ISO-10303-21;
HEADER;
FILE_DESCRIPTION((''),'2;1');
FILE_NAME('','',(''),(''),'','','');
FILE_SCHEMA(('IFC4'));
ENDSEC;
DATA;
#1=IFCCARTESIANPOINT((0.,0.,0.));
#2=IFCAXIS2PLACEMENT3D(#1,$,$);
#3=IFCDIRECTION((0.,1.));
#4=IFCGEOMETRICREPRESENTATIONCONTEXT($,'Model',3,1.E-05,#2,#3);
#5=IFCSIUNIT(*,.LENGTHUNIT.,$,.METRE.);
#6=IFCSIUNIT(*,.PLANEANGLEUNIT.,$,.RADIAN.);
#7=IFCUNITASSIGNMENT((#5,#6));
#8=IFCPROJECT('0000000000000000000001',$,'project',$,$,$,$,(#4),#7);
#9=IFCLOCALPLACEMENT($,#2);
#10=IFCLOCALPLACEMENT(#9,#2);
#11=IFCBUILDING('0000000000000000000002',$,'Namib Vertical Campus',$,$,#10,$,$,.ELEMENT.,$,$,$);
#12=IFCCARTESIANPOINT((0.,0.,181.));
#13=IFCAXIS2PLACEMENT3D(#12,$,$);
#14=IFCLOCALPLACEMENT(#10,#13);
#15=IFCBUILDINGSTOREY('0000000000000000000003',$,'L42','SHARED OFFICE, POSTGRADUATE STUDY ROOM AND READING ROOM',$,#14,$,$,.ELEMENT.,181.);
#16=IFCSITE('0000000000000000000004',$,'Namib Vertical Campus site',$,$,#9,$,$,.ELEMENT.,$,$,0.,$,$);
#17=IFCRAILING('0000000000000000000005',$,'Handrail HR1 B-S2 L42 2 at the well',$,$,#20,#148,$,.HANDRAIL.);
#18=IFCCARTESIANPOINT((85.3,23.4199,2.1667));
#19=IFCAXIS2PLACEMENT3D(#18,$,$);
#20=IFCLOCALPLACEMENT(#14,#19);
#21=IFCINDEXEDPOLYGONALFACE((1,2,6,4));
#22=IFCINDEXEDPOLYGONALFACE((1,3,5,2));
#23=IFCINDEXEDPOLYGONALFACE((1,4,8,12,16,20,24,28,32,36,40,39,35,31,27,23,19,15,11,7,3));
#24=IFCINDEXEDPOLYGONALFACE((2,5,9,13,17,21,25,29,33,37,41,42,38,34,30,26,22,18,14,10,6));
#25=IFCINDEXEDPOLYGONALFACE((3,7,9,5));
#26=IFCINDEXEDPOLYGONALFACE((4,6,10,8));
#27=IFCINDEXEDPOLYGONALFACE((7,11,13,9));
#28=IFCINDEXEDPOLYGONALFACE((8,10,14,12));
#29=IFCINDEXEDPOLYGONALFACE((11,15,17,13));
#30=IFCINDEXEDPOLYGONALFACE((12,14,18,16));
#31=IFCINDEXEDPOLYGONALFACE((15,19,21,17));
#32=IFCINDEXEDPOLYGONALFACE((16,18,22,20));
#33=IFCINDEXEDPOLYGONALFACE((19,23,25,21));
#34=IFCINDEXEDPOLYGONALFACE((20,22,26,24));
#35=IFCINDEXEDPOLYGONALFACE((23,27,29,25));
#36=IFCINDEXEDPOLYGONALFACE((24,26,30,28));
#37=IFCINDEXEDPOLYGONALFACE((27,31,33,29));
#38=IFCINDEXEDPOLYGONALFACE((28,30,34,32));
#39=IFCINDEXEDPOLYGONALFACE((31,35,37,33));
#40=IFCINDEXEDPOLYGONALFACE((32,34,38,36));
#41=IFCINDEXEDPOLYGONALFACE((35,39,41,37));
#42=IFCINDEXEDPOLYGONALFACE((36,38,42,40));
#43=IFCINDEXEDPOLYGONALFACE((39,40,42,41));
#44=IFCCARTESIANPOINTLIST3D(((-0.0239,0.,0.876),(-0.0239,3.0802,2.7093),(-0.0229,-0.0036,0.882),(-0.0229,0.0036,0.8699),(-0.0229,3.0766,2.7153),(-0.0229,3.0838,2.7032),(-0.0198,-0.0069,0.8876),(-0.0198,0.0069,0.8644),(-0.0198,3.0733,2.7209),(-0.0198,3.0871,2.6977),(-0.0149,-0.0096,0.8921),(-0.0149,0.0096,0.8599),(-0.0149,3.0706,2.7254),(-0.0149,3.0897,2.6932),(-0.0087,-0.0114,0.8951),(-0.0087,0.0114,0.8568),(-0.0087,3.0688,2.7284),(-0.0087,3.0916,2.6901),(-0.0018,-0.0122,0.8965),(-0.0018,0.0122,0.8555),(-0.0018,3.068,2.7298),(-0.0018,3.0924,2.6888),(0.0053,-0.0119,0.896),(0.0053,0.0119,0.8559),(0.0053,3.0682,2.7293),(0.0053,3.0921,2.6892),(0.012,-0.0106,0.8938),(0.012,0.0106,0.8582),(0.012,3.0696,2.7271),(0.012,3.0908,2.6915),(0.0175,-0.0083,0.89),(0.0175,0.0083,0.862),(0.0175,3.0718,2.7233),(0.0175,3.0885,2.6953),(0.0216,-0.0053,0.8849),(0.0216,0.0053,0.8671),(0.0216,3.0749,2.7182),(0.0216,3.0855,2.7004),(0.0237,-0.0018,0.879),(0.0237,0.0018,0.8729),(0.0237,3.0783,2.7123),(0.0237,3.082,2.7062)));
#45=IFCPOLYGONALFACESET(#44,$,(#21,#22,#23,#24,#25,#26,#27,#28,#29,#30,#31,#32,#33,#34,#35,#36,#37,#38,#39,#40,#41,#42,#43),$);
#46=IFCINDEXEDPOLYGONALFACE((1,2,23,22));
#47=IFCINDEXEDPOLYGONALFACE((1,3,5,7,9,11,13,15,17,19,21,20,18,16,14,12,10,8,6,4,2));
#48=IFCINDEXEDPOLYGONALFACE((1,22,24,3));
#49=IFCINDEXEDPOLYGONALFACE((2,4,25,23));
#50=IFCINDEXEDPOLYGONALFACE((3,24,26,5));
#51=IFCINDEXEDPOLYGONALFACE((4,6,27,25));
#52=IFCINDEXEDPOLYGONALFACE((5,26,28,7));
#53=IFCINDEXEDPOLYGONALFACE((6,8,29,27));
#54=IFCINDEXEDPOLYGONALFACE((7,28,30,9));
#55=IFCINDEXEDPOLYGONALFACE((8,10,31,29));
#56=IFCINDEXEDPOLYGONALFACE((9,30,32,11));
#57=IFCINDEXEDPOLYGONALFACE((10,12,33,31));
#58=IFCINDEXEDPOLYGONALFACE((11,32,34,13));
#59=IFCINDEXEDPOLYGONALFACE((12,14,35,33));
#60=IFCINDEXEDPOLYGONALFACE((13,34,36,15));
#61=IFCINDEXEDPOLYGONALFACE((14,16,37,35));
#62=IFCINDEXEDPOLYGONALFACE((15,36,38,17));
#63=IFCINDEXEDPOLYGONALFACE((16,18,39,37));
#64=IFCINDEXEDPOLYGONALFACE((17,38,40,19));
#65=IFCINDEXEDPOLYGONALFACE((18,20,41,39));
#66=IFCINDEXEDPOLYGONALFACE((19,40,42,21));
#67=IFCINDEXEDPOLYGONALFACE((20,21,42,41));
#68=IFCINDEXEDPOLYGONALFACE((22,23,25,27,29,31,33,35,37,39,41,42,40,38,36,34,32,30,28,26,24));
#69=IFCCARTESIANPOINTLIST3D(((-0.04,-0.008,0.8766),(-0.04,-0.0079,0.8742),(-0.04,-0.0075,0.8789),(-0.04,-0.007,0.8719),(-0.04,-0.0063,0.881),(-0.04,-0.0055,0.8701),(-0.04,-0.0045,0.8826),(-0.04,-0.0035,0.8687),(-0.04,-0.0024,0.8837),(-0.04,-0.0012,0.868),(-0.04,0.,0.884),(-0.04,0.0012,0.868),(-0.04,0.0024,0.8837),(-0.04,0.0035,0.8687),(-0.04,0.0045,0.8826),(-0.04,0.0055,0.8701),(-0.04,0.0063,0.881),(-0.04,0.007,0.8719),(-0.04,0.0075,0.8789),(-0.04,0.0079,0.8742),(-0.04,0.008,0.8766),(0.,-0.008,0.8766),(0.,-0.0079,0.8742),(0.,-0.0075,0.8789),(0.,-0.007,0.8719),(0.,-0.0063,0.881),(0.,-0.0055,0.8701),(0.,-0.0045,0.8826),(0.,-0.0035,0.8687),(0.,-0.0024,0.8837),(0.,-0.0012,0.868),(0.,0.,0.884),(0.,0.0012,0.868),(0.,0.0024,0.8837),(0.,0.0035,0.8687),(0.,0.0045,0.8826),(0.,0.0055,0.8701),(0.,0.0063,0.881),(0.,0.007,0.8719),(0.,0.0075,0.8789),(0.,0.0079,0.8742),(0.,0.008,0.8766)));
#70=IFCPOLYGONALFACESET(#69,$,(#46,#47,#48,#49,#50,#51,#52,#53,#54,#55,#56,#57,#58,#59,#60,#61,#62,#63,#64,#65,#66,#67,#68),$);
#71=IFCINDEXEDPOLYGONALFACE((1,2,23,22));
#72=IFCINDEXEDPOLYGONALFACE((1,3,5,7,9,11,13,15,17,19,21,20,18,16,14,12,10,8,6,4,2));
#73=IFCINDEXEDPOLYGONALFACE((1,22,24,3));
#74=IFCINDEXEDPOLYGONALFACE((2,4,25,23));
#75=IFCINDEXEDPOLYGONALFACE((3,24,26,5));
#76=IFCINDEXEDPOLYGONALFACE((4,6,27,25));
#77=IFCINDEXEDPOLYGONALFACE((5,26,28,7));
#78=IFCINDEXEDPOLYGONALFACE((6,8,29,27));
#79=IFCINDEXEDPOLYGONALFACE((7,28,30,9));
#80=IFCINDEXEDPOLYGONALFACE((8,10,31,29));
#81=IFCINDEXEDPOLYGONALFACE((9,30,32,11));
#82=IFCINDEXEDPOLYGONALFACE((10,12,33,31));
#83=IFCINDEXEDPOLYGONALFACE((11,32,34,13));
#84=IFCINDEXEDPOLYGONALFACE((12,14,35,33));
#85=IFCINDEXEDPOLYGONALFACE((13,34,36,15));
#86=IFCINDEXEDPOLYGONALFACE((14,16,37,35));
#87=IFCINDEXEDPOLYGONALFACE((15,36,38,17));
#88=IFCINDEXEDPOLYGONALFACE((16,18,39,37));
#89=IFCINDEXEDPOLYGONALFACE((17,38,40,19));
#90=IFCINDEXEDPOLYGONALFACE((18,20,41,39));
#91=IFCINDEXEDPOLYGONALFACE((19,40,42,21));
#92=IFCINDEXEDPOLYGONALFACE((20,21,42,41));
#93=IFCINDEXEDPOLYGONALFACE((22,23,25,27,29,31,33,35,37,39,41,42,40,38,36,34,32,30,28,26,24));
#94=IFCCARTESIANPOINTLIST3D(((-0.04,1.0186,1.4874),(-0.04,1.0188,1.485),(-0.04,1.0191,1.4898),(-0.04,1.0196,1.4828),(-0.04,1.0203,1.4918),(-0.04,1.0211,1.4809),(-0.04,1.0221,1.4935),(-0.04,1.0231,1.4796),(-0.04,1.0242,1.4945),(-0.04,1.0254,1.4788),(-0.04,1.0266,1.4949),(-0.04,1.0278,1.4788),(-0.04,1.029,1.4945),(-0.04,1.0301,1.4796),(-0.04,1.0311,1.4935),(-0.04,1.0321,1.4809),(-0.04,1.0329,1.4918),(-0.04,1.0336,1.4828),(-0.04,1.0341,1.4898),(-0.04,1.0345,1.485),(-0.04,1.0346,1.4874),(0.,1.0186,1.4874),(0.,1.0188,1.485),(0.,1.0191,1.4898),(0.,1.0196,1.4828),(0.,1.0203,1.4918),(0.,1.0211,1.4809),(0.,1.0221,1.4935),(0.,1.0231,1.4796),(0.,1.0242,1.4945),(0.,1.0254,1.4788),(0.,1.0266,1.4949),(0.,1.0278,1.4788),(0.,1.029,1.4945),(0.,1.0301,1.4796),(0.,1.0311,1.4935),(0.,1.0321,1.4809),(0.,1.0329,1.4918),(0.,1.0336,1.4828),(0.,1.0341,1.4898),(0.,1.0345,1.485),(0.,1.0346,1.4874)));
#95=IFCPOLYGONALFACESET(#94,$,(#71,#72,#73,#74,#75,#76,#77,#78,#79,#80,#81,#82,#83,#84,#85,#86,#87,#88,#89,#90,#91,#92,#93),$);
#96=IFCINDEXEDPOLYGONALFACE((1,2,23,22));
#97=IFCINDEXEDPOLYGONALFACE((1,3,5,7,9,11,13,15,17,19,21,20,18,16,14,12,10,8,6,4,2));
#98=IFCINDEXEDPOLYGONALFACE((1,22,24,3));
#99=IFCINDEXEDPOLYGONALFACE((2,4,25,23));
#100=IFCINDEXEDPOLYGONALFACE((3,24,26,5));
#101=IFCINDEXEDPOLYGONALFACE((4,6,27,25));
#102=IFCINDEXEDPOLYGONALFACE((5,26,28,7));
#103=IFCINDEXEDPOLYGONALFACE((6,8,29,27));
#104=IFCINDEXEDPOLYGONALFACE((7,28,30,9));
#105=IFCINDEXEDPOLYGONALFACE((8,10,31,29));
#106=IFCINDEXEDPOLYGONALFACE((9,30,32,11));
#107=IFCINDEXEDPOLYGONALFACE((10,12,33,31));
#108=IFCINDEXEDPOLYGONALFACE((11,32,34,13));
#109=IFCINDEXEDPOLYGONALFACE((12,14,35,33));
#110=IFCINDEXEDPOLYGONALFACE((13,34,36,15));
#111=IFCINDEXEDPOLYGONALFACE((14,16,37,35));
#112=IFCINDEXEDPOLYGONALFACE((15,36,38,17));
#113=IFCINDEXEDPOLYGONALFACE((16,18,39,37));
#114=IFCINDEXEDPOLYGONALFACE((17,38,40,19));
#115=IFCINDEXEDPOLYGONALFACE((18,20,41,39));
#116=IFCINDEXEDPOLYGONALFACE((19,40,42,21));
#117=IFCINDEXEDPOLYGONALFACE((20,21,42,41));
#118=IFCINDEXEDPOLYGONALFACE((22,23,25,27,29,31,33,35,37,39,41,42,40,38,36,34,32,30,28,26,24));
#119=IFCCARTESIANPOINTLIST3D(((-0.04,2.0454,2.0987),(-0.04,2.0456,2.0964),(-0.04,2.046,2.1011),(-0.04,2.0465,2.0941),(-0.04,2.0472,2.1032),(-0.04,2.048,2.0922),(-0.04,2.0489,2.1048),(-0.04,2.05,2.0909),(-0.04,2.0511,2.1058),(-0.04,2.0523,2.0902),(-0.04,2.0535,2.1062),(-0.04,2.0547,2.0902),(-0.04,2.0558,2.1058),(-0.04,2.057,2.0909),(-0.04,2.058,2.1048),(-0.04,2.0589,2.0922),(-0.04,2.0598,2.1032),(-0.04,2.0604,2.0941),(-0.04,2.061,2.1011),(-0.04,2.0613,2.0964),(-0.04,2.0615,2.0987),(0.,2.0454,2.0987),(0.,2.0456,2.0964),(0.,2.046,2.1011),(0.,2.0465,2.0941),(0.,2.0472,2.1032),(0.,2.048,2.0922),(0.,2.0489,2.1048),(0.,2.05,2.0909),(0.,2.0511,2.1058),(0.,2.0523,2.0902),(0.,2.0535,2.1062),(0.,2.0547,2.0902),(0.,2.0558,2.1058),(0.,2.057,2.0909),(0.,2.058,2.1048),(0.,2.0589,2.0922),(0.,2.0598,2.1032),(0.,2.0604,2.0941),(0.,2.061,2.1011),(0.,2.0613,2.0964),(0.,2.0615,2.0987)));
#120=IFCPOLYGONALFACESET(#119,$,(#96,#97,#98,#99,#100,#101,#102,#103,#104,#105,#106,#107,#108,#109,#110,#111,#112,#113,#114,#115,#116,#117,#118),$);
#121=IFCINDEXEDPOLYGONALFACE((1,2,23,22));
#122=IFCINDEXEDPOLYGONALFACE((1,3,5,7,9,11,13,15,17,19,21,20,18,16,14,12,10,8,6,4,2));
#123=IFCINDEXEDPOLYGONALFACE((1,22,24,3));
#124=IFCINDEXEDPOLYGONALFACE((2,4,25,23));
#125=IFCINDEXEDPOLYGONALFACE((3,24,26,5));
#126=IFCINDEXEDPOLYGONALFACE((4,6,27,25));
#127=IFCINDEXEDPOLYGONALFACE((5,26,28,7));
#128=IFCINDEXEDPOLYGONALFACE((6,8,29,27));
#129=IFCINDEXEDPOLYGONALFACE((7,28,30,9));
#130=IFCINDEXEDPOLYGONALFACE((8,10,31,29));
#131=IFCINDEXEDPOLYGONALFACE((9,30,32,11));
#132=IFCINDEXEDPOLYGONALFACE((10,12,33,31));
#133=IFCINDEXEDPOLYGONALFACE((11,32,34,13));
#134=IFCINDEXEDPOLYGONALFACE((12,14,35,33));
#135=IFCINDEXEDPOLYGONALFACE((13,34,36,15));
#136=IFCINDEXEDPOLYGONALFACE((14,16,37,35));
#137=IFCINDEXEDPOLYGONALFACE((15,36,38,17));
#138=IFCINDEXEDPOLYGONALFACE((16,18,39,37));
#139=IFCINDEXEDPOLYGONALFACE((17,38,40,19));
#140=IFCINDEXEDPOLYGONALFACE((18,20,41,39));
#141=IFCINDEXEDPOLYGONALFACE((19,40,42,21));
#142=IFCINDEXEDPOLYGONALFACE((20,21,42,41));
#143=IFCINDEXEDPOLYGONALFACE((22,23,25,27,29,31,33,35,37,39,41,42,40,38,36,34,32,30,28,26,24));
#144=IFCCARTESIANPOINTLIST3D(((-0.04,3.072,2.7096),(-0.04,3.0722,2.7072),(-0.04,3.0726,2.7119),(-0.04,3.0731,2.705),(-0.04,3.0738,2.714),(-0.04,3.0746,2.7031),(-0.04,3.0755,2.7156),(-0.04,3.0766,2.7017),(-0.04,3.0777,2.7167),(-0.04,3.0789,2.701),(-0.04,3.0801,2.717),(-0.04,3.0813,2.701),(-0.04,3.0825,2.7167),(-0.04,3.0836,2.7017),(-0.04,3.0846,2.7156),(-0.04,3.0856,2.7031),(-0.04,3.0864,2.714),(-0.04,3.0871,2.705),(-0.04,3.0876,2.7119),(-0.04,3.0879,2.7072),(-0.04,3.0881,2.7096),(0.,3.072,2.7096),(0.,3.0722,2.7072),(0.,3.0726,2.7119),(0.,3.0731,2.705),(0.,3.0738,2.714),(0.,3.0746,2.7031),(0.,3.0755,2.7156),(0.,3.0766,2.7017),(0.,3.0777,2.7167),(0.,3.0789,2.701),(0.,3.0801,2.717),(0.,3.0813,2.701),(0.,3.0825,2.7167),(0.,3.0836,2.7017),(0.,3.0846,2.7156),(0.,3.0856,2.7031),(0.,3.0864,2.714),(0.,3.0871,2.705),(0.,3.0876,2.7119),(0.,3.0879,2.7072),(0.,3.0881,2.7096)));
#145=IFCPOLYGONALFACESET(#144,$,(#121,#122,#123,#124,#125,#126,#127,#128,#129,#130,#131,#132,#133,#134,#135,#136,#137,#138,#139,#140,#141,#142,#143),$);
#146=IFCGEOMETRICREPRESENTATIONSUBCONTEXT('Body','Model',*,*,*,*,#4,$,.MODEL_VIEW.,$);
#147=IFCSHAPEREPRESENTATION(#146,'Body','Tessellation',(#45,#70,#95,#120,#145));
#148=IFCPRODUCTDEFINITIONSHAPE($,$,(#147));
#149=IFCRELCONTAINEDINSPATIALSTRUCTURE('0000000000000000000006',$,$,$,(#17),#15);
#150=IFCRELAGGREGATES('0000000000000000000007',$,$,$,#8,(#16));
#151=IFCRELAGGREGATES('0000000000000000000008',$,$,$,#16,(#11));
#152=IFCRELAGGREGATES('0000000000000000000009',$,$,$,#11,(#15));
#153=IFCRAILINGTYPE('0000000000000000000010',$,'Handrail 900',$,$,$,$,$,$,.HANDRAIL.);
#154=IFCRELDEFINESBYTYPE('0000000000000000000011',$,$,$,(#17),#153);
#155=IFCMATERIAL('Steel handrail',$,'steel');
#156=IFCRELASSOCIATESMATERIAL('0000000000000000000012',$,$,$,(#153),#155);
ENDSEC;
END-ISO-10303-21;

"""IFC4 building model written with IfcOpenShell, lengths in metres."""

from ifc_helpers import new_model, si_unit, direction, frame, origin, origin_2d, place, context, subcontext, project, spatial, circle, extrude, material, type_object, element, save


model = new_model("IFC4")

# Units and contexts
model_context = context("Model", 3, precision=1e-05, world=origin(), true_north=direction((0.0, 1.0)))
body_context = subcontext(model_context, "Body", "Model", "MODEL_VIEW")
ifc_project = project(units=[si_unit("LENGTHUNIT", "METRE"), si_unit("PLANEANGLEUNIT", "RADIAN")], contexts=[model_context])

# Site, building, storey
site_placement = place(None, origin())
site = spatial("IfcSite", under=ifc_project, at=site_placement, Name="Namib Vertical Campus site", CompositionType="ELEMENT", RefElevation=0.0)
building_placement = place(site_placement, origin())
building = spatial("IfcBuilding", under=site, at=building_placement, Name="Namib Vertical Campus", CompositionType="ELEMENT")
storey_placement = place(building_placement, frame((0.0, 0.0, 181.0)))
storey = spatial("IfcBuildingStorey", under=building, at=storey_placement, Name="L42", Description="SHARED OFFICE, POSTGRADUATE STUDY ROOM AND READING ROOM", CompositionType="ELEMENT", Elevation=181.0)

# Railing
ifc_material_1 = material(Name="Steel handrail", Category="steel")
railing_type_1 = type_object("IfcRailingType", Name="Handrail 900", PredefinedType="HANDRAIL", material=ifc_material_1)
railing_1_placement = place(storey_placement, frame((85.3, 23.4199, 2.1667)))
element("IfcRailing", 1, at=railing_1_placement, inside=storey, type_object=railing_type_1, Name="Handrail HR1 B-S2 L42 2 at the well", PredefinedType="HANDRAIL", context=body_context, shape_type="SweptSolid", body=[
    extrude(circle(Radius=0.0239, at=origin_2d()), frame((0.0, 0.0, 0.876), z_axis=(0.0, 0.859309, 0.511458), x_axis=(-1.0, 0.0, 0.0)), (0.0, 0.0, 1.0), 3.5845),
    extrude(circle(Radius=0.0081, at=origin_2d()), frame((0.0, 0.0, 0.876), z_axis=(-1.0, 0.0, 0.0), x_axis=(0.0, 0.0, 1.0)), (0.0, 0.0, 1.0), 0.04),
    extrude(circle(Radius=0.0081, at=origin_2d()), frame((0.0, 1.0266, 1.4868), z_axis=(-1.0, 0.0, 0.0), x_axis=(0.0, 0.0, 1.0)), (0.0, 0.0, 1.0), 0.04),
    extrude(circle(Radius=0.0081, at=origin_2d()), frame((0.0, 2.0535, 2.0981), z_axis=(-1.0, 0.0, 0.0), x_axis=(0.0, 0.0, 1.0)), (0.0, 0.0, 1.0), 0.04),
    extrude(circle(Radius=0.0081, at=origin_2d()), frame((0.0, 3.0801, 2.709), z_axis=(-1.0, 0.0, 0.0), x_axis=(0.0, 0.0, 1.0)), (0.0, 0.0, 1.0), 0.04),
])

save(model, "model.ifc")
